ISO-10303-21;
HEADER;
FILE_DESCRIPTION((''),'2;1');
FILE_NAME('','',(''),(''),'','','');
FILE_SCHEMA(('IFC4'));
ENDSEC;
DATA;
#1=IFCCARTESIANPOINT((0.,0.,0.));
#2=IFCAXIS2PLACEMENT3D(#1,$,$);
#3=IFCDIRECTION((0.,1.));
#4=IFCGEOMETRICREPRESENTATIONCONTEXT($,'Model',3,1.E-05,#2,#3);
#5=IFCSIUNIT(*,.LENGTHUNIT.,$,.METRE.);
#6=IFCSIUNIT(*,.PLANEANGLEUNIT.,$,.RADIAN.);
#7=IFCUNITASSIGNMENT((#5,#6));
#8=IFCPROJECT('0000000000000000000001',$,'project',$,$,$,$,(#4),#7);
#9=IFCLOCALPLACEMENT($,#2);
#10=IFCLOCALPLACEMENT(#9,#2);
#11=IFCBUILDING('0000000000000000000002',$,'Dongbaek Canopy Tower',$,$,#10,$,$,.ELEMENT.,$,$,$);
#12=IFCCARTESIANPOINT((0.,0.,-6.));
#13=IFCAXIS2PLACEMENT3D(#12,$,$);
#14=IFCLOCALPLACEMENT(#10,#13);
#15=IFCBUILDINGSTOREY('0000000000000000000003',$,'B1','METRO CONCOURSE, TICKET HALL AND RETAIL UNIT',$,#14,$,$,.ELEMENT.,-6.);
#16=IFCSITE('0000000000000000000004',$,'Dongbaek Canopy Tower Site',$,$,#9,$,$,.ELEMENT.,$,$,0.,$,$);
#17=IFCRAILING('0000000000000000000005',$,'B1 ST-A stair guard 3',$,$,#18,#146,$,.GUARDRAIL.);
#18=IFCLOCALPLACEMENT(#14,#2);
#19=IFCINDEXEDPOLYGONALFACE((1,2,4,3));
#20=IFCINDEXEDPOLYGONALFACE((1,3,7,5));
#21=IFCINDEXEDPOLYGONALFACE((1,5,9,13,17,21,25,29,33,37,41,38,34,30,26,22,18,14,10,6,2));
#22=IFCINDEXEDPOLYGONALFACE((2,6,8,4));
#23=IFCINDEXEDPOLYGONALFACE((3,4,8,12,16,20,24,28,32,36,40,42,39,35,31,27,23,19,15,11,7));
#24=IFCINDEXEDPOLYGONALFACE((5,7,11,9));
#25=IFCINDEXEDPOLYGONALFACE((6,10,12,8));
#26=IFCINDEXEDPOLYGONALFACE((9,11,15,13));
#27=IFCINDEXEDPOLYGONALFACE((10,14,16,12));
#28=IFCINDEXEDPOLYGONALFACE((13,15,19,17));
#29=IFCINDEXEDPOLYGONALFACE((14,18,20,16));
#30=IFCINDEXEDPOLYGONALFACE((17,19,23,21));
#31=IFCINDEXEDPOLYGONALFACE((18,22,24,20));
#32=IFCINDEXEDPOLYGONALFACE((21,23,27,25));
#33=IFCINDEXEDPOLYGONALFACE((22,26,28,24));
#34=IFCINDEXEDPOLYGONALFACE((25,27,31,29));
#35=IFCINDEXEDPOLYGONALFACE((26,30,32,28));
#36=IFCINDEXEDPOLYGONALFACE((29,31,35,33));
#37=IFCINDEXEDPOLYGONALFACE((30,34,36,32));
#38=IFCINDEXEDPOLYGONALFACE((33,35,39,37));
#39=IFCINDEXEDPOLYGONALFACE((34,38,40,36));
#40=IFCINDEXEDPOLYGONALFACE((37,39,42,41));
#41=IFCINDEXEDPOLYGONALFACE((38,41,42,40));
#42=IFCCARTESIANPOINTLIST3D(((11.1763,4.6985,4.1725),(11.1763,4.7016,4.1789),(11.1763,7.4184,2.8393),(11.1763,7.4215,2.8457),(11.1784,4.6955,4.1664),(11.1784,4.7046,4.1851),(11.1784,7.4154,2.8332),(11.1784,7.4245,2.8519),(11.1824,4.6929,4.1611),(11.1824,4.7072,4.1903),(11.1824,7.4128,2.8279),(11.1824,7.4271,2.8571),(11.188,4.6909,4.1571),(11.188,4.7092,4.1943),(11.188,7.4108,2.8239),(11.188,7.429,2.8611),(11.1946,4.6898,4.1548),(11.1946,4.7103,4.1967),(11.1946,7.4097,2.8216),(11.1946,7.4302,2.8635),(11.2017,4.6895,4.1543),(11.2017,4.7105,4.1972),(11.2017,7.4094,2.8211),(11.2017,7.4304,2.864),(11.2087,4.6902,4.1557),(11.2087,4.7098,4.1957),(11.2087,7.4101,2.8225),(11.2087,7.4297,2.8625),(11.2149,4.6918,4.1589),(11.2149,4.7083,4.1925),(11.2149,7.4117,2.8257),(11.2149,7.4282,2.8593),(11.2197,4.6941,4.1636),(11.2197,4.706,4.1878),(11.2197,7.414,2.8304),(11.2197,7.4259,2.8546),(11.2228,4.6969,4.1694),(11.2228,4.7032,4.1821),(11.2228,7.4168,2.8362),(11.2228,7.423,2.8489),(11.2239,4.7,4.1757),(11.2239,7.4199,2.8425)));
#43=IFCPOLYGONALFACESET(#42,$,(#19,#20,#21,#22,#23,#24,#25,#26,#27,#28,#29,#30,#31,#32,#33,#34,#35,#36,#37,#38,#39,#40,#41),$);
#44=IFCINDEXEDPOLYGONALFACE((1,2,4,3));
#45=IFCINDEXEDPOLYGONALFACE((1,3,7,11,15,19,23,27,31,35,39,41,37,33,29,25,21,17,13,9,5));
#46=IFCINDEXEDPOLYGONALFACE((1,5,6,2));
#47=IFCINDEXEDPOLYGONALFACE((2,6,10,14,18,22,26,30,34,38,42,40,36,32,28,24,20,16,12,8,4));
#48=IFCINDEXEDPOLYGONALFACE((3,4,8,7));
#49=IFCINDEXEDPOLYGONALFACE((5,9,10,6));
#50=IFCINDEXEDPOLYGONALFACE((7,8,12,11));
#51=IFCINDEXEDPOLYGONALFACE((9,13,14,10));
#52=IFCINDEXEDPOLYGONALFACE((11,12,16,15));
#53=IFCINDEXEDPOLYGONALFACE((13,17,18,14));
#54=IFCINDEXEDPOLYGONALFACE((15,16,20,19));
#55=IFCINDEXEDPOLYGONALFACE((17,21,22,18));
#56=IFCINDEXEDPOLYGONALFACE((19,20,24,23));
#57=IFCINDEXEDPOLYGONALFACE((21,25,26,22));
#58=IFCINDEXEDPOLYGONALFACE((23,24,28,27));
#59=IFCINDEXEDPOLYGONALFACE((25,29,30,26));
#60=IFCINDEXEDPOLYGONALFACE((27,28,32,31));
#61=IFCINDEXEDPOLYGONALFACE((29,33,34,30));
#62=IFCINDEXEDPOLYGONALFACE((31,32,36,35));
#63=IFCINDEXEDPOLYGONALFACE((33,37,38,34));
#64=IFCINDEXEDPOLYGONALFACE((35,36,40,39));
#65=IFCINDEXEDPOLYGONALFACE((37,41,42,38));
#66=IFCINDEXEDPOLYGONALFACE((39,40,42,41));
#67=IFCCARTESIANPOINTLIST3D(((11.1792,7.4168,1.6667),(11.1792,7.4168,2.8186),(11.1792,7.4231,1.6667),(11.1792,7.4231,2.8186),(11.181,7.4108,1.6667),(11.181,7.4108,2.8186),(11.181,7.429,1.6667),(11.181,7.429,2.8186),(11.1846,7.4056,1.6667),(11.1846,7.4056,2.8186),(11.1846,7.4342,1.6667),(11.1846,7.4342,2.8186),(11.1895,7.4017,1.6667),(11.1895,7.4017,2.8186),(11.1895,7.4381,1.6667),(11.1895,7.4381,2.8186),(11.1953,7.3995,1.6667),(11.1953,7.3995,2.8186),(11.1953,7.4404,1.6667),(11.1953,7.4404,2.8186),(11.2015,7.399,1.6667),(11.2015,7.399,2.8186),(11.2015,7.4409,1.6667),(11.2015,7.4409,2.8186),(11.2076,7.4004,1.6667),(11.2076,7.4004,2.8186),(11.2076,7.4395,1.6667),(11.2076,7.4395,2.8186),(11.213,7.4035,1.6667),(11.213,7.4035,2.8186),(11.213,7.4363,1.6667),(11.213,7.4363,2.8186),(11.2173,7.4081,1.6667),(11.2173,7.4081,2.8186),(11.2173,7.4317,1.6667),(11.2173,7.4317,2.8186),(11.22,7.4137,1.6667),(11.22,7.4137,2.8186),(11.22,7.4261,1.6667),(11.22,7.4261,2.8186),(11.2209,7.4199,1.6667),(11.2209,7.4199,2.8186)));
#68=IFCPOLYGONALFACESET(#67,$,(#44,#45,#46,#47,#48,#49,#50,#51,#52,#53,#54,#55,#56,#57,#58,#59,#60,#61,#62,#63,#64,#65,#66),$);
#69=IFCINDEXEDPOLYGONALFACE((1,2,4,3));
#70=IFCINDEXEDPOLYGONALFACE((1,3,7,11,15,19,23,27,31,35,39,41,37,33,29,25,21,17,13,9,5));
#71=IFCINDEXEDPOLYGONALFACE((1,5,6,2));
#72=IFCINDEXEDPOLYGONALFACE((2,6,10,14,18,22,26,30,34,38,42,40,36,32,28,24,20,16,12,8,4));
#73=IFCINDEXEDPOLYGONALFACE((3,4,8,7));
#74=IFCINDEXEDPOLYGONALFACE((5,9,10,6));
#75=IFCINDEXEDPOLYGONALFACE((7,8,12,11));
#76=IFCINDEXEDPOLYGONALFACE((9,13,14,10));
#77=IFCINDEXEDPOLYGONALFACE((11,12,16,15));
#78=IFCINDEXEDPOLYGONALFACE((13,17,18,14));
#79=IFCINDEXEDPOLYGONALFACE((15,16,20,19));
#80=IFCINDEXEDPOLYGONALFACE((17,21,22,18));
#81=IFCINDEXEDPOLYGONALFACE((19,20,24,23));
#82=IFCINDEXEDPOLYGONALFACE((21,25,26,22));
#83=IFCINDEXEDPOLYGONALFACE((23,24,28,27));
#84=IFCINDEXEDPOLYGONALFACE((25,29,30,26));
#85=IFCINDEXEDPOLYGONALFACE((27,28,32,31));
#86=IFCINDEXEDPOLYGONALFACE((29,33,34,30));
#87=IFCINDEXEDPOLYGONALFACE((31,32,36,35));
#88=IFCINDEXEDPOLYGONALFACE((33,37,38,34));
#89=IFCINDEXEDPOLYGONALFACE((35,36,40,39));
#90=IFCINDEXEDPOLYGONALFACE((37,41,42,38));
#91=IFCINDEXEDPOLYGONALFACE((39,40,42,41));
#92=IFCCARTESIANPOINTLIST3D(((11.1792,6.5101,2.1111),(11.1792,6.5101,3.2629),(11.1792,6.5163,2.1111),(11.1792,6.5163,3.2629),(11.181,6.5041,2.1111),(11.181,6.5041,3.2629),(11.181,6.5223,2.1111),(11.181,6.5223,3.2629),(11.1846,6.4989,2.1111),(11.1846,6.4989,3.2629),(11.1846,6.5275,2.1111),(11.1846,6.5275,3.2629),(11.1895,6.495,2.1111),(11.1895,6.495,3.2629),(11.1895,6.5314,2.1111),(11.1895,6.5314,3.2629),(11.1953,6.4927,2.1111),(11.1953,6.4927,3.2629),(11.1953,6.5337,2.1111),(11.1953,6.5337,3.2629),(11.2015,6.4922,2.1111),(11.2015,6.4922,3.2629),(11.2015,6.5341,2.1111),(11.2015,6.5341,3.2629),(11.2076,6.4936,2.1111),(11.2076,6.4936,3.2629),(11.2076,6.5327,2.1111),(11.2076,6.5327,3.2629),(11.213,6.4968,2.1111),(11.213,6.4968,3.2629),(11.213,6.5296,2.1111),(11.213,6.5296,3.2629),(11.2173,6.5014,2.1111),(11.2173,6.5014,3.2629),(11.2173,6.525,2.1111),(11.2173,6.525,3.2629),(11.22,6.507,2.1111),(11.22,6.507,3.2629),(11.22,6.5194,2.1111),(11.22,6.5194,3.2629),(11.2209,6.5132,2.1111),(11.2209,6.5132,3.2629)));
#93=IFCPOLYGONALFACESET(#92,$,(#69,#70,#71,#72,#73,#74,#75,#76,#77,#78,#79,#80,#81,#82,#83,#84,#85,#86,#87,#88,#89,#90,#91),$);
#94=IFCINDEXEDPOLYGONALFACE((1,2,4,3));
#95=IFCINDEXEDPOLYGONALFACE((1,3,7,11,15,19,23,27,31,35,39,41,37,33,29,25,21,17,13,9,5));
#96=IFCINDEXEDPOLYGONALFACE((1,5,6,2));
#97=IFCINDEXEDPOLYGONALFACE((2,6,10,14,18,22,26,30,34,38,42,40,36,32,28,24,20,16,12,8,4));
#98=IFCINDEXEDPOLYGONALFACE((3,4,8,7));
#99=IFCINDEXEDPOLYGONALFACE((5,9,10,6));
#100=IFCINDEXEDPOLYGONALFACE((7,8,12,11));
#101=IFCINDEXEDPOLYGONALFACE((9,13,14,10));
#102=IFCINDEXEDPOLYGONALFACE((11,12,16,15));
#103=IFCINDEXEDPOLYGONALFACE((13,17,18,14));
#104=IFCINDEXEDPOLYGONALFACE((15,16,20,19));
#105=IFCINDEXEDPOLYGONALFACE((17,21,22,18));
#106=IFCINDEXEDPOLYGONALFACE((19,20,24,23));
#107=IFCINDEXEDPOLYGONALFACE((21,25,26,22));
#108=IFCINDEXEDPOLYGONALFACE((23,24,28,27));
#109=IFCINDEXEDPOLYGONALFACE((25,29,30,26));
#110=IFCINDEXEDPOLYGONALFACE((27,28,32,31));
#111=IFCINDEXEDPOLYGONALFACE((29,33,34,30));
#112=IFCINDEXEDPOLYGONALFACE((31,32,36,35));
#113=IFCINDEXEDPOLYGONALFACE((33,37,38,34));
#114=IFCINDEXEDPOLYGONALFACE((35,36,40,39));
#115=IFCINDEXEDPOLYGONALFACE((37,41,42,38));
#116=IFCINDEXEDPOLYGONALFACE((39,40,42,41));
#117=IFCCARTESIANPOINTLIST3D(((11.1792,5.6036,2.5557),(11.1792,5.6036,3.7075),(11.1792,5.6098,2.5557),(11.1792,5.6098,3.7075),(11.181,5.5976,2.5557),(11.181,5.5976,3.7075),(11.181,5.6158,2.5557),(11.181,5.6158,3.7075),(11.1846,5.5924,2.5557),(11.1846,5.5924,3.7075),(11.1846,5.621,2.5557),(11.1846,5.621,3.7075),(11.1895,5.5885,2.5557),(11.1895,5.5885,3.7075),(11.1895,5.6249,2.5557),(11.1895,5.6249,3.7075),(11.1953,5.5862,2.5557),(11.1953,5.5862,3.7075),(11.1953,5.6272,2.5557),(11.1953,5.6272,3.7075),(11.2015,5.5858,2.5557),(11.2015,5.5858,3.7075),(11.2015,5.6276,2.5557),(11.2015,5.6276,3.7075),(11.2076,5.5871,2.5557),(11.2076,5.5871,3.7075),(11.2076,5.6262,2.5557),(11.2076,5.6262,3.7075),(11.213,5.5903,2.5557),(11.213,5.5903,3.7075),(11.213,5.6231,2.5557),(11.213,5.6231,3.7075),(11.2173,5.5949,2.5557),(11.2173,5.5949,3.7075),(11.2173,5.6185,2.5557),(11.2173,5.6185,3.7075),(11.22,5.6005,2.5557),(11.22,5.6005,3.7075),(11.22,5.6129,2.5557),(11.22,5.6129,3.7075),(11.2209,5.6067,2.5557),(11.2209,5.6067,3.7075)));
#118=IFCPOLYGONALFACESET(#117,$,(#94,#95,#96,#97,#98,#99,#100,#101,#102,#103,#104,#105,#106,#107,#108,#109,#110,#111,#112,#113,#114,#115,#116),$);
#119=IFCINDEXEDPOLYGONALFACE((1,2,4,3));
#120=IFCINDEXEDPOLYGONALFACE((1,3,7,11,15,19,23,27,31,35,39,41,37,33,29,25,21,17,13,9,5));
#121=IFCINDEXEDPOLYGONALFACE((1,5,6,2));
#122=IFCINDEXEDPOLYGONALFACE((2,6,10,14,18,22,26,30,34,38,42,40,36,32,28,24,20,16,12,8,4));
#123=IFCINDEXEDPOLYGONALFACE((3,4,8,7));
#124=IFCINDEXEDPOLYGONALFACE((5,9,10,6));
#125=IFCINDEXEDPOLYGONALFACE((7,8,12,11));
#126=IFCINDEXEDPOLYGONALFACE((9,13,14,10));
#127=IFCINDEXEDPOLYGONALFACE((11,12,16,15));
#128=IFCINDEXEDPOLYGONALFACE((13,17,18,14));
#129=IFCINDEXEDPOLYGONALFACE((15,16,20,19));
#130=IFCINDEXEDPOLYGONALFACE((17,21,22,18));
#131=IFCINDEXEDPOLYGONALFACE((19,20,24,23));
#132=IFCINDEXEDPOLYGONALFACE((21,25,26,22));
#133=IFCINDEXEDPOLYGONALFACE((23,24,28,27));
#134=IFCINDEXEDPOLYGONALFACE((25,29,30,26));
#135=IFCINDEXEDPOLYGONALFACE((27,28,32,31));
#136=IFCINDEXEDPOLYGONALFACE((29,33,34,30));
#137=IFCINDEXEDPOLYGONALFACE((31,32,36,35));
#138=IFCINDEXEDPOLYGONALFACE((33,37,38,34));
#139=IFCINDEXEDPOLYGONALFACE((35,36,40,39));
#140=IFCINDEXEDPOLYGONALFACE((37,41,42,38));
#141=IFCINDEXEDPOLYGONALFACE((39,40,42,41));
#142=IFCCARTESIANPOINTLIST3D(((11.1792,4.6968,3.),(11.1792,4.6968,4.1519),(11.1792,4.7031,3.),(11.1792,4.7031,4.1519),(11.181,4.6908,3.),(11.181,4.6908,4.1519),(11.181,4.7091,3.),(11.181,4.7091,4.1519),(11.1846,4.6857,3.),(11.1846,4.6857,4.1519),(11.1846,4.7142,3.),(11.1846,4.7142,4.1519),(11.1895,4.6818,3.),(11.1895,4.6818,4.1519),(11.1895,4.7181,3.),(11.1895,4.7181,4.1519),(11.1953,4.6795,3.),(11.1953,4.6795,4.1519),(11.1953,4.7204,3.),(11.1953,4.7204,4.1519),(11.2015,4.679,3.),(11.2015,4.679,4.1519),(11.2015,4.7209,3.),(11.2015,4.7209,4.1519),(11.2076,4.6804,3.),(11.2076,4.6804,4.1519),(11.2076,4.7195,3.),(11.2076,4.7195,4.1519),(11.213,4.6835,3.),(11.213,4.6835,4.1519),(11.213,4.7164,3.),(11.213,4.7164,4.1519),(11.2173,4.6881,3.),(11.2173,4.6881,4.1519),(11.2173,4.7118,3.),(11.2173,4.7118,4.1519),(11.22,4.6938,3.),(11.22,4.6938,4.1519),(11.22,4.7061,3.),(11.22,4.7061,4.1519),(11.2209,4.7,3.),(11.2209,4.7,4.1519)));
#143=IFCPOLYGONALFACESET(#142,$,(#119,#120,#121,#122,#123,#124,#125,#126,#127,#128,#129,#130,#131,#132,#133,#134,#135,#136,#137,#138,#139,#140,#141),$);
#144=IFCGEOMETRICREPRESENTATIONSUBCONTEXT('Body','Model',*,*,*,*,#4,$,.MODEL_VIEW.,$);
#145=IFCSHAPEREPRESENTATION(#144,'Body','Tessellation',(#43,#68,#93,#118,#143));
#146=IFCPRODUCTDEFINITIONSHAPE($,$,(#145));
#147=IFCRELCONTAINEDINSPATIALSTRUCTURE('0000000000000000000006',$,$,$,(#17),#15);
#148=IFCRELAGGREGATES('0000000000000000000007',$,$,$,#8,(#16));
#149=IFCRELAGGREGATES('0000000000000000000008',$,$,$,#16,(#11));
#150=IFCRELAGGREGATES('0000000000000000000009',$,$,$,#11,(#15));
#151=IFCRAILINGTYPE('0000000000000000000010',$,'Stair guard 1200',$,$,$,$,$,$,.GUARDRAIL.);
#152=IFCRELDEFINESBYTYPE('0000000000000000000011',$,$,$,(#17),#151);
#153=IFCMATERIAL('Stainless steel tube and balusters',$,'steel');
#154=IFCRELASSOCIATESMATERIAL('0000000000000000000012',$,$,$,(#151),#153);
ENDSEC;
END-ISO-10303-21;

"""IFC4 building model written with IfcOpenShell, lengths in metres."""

from ifc_helpers import new_model, si_unit, direction, frame, origin, origin_2d, place, context, subcontext, project, spatial, circle, extrude, material, type_object, element, save


model = new_model("IFC4")

# Units and contexts
model_context = context("Model", 3, precision=1e-05, world=origin(), true_north=direction((0.0, 1.0)))
body_context = subcontext(model_context, "Body", "Model", "MODEL_VIEW")
ifc_project = project(units=[si_unit("LENGTHUNIT", "METRE"), si_unit("PLANEANGLEUNIT", "RADIAN")], contexts=[model_context])

# Site, building, storey
site_placement = place(None, origin())
site = spatial("IfcSite", under=ifc_project, at=site_placement, Name="Dongbaek Canopy Tower Site", CompositionType="ELEMENT", RefElevation=0.0)
building_placement = place(site_placement, origin())
building = spatial("IfcBuilding", under=site, at=building_placement, Name="Dongbaek Canopy Tower", CompositionType="ELEMENT")
storey_placement = place(building_placement, frame((0.0, 0.0, -6.0)))
storey = spatial("IfcBuildingStorey", under=building, at=storey_placement, Name="B1", Description="METRO CONCOURSE, TICKET HALL AND RETAIL UNIT", CompositionType="ELEMENT", Elevation=-6.0)

# Railing
ifc_material_1 = material(Name="Stainless steel tube and balusters", Category="steel")
railing_type_1 = type_object("IfcRailingType", Name="Stair guard 1200", PredefinedType="GUARDRAIL", material=ifc_material_1)
for number, where, name in (
    (1, (11.2, 7.4199, 1.6667), "B1 ST-A stair guard 3"),
):
    element("IfcRailing", number, at=place(storey_placement, frame(where)), inside=storey, type_object=railing_type_1, Name=name, PredefinedType="GUARDRAIL", context=body_context, shape_type="SweptSolid", body=[
        extrude(circle(Radius=0.0239, at=origin_2d()), frame((0.0, 0.0, 1.1758), z_axis=(0.0, -0.897929, 0.440139), x_axis=(1.0, 0.0, 0.0)), (0.0, 0.0, 1.0), 3.0291),
        extrude(circle(Radius=0.021, at=origin_2d()), origin(), (0.0, 0.0, 1.0), 1.1519),
        extrude(circle(Radius=0.021, at=origin_2d()), frame((0.0, -0.9067, 0.4443)), (0.0, 0.0, 1.0), 1.1519),
        extrude(circle(Radius=0.021, at=origin_2d()), frame((0.0, -1.8132, 0.8889)), (0.0, 0.0, 1.0), 1.1519),
        extrude(circle(Radius=0.021, at=origin_2d()), frame((0.0, -2.72, 1.3333)), (0.0, 0.0, 1.0), 1.1519),
    ])

save(model, "model.ifc")
